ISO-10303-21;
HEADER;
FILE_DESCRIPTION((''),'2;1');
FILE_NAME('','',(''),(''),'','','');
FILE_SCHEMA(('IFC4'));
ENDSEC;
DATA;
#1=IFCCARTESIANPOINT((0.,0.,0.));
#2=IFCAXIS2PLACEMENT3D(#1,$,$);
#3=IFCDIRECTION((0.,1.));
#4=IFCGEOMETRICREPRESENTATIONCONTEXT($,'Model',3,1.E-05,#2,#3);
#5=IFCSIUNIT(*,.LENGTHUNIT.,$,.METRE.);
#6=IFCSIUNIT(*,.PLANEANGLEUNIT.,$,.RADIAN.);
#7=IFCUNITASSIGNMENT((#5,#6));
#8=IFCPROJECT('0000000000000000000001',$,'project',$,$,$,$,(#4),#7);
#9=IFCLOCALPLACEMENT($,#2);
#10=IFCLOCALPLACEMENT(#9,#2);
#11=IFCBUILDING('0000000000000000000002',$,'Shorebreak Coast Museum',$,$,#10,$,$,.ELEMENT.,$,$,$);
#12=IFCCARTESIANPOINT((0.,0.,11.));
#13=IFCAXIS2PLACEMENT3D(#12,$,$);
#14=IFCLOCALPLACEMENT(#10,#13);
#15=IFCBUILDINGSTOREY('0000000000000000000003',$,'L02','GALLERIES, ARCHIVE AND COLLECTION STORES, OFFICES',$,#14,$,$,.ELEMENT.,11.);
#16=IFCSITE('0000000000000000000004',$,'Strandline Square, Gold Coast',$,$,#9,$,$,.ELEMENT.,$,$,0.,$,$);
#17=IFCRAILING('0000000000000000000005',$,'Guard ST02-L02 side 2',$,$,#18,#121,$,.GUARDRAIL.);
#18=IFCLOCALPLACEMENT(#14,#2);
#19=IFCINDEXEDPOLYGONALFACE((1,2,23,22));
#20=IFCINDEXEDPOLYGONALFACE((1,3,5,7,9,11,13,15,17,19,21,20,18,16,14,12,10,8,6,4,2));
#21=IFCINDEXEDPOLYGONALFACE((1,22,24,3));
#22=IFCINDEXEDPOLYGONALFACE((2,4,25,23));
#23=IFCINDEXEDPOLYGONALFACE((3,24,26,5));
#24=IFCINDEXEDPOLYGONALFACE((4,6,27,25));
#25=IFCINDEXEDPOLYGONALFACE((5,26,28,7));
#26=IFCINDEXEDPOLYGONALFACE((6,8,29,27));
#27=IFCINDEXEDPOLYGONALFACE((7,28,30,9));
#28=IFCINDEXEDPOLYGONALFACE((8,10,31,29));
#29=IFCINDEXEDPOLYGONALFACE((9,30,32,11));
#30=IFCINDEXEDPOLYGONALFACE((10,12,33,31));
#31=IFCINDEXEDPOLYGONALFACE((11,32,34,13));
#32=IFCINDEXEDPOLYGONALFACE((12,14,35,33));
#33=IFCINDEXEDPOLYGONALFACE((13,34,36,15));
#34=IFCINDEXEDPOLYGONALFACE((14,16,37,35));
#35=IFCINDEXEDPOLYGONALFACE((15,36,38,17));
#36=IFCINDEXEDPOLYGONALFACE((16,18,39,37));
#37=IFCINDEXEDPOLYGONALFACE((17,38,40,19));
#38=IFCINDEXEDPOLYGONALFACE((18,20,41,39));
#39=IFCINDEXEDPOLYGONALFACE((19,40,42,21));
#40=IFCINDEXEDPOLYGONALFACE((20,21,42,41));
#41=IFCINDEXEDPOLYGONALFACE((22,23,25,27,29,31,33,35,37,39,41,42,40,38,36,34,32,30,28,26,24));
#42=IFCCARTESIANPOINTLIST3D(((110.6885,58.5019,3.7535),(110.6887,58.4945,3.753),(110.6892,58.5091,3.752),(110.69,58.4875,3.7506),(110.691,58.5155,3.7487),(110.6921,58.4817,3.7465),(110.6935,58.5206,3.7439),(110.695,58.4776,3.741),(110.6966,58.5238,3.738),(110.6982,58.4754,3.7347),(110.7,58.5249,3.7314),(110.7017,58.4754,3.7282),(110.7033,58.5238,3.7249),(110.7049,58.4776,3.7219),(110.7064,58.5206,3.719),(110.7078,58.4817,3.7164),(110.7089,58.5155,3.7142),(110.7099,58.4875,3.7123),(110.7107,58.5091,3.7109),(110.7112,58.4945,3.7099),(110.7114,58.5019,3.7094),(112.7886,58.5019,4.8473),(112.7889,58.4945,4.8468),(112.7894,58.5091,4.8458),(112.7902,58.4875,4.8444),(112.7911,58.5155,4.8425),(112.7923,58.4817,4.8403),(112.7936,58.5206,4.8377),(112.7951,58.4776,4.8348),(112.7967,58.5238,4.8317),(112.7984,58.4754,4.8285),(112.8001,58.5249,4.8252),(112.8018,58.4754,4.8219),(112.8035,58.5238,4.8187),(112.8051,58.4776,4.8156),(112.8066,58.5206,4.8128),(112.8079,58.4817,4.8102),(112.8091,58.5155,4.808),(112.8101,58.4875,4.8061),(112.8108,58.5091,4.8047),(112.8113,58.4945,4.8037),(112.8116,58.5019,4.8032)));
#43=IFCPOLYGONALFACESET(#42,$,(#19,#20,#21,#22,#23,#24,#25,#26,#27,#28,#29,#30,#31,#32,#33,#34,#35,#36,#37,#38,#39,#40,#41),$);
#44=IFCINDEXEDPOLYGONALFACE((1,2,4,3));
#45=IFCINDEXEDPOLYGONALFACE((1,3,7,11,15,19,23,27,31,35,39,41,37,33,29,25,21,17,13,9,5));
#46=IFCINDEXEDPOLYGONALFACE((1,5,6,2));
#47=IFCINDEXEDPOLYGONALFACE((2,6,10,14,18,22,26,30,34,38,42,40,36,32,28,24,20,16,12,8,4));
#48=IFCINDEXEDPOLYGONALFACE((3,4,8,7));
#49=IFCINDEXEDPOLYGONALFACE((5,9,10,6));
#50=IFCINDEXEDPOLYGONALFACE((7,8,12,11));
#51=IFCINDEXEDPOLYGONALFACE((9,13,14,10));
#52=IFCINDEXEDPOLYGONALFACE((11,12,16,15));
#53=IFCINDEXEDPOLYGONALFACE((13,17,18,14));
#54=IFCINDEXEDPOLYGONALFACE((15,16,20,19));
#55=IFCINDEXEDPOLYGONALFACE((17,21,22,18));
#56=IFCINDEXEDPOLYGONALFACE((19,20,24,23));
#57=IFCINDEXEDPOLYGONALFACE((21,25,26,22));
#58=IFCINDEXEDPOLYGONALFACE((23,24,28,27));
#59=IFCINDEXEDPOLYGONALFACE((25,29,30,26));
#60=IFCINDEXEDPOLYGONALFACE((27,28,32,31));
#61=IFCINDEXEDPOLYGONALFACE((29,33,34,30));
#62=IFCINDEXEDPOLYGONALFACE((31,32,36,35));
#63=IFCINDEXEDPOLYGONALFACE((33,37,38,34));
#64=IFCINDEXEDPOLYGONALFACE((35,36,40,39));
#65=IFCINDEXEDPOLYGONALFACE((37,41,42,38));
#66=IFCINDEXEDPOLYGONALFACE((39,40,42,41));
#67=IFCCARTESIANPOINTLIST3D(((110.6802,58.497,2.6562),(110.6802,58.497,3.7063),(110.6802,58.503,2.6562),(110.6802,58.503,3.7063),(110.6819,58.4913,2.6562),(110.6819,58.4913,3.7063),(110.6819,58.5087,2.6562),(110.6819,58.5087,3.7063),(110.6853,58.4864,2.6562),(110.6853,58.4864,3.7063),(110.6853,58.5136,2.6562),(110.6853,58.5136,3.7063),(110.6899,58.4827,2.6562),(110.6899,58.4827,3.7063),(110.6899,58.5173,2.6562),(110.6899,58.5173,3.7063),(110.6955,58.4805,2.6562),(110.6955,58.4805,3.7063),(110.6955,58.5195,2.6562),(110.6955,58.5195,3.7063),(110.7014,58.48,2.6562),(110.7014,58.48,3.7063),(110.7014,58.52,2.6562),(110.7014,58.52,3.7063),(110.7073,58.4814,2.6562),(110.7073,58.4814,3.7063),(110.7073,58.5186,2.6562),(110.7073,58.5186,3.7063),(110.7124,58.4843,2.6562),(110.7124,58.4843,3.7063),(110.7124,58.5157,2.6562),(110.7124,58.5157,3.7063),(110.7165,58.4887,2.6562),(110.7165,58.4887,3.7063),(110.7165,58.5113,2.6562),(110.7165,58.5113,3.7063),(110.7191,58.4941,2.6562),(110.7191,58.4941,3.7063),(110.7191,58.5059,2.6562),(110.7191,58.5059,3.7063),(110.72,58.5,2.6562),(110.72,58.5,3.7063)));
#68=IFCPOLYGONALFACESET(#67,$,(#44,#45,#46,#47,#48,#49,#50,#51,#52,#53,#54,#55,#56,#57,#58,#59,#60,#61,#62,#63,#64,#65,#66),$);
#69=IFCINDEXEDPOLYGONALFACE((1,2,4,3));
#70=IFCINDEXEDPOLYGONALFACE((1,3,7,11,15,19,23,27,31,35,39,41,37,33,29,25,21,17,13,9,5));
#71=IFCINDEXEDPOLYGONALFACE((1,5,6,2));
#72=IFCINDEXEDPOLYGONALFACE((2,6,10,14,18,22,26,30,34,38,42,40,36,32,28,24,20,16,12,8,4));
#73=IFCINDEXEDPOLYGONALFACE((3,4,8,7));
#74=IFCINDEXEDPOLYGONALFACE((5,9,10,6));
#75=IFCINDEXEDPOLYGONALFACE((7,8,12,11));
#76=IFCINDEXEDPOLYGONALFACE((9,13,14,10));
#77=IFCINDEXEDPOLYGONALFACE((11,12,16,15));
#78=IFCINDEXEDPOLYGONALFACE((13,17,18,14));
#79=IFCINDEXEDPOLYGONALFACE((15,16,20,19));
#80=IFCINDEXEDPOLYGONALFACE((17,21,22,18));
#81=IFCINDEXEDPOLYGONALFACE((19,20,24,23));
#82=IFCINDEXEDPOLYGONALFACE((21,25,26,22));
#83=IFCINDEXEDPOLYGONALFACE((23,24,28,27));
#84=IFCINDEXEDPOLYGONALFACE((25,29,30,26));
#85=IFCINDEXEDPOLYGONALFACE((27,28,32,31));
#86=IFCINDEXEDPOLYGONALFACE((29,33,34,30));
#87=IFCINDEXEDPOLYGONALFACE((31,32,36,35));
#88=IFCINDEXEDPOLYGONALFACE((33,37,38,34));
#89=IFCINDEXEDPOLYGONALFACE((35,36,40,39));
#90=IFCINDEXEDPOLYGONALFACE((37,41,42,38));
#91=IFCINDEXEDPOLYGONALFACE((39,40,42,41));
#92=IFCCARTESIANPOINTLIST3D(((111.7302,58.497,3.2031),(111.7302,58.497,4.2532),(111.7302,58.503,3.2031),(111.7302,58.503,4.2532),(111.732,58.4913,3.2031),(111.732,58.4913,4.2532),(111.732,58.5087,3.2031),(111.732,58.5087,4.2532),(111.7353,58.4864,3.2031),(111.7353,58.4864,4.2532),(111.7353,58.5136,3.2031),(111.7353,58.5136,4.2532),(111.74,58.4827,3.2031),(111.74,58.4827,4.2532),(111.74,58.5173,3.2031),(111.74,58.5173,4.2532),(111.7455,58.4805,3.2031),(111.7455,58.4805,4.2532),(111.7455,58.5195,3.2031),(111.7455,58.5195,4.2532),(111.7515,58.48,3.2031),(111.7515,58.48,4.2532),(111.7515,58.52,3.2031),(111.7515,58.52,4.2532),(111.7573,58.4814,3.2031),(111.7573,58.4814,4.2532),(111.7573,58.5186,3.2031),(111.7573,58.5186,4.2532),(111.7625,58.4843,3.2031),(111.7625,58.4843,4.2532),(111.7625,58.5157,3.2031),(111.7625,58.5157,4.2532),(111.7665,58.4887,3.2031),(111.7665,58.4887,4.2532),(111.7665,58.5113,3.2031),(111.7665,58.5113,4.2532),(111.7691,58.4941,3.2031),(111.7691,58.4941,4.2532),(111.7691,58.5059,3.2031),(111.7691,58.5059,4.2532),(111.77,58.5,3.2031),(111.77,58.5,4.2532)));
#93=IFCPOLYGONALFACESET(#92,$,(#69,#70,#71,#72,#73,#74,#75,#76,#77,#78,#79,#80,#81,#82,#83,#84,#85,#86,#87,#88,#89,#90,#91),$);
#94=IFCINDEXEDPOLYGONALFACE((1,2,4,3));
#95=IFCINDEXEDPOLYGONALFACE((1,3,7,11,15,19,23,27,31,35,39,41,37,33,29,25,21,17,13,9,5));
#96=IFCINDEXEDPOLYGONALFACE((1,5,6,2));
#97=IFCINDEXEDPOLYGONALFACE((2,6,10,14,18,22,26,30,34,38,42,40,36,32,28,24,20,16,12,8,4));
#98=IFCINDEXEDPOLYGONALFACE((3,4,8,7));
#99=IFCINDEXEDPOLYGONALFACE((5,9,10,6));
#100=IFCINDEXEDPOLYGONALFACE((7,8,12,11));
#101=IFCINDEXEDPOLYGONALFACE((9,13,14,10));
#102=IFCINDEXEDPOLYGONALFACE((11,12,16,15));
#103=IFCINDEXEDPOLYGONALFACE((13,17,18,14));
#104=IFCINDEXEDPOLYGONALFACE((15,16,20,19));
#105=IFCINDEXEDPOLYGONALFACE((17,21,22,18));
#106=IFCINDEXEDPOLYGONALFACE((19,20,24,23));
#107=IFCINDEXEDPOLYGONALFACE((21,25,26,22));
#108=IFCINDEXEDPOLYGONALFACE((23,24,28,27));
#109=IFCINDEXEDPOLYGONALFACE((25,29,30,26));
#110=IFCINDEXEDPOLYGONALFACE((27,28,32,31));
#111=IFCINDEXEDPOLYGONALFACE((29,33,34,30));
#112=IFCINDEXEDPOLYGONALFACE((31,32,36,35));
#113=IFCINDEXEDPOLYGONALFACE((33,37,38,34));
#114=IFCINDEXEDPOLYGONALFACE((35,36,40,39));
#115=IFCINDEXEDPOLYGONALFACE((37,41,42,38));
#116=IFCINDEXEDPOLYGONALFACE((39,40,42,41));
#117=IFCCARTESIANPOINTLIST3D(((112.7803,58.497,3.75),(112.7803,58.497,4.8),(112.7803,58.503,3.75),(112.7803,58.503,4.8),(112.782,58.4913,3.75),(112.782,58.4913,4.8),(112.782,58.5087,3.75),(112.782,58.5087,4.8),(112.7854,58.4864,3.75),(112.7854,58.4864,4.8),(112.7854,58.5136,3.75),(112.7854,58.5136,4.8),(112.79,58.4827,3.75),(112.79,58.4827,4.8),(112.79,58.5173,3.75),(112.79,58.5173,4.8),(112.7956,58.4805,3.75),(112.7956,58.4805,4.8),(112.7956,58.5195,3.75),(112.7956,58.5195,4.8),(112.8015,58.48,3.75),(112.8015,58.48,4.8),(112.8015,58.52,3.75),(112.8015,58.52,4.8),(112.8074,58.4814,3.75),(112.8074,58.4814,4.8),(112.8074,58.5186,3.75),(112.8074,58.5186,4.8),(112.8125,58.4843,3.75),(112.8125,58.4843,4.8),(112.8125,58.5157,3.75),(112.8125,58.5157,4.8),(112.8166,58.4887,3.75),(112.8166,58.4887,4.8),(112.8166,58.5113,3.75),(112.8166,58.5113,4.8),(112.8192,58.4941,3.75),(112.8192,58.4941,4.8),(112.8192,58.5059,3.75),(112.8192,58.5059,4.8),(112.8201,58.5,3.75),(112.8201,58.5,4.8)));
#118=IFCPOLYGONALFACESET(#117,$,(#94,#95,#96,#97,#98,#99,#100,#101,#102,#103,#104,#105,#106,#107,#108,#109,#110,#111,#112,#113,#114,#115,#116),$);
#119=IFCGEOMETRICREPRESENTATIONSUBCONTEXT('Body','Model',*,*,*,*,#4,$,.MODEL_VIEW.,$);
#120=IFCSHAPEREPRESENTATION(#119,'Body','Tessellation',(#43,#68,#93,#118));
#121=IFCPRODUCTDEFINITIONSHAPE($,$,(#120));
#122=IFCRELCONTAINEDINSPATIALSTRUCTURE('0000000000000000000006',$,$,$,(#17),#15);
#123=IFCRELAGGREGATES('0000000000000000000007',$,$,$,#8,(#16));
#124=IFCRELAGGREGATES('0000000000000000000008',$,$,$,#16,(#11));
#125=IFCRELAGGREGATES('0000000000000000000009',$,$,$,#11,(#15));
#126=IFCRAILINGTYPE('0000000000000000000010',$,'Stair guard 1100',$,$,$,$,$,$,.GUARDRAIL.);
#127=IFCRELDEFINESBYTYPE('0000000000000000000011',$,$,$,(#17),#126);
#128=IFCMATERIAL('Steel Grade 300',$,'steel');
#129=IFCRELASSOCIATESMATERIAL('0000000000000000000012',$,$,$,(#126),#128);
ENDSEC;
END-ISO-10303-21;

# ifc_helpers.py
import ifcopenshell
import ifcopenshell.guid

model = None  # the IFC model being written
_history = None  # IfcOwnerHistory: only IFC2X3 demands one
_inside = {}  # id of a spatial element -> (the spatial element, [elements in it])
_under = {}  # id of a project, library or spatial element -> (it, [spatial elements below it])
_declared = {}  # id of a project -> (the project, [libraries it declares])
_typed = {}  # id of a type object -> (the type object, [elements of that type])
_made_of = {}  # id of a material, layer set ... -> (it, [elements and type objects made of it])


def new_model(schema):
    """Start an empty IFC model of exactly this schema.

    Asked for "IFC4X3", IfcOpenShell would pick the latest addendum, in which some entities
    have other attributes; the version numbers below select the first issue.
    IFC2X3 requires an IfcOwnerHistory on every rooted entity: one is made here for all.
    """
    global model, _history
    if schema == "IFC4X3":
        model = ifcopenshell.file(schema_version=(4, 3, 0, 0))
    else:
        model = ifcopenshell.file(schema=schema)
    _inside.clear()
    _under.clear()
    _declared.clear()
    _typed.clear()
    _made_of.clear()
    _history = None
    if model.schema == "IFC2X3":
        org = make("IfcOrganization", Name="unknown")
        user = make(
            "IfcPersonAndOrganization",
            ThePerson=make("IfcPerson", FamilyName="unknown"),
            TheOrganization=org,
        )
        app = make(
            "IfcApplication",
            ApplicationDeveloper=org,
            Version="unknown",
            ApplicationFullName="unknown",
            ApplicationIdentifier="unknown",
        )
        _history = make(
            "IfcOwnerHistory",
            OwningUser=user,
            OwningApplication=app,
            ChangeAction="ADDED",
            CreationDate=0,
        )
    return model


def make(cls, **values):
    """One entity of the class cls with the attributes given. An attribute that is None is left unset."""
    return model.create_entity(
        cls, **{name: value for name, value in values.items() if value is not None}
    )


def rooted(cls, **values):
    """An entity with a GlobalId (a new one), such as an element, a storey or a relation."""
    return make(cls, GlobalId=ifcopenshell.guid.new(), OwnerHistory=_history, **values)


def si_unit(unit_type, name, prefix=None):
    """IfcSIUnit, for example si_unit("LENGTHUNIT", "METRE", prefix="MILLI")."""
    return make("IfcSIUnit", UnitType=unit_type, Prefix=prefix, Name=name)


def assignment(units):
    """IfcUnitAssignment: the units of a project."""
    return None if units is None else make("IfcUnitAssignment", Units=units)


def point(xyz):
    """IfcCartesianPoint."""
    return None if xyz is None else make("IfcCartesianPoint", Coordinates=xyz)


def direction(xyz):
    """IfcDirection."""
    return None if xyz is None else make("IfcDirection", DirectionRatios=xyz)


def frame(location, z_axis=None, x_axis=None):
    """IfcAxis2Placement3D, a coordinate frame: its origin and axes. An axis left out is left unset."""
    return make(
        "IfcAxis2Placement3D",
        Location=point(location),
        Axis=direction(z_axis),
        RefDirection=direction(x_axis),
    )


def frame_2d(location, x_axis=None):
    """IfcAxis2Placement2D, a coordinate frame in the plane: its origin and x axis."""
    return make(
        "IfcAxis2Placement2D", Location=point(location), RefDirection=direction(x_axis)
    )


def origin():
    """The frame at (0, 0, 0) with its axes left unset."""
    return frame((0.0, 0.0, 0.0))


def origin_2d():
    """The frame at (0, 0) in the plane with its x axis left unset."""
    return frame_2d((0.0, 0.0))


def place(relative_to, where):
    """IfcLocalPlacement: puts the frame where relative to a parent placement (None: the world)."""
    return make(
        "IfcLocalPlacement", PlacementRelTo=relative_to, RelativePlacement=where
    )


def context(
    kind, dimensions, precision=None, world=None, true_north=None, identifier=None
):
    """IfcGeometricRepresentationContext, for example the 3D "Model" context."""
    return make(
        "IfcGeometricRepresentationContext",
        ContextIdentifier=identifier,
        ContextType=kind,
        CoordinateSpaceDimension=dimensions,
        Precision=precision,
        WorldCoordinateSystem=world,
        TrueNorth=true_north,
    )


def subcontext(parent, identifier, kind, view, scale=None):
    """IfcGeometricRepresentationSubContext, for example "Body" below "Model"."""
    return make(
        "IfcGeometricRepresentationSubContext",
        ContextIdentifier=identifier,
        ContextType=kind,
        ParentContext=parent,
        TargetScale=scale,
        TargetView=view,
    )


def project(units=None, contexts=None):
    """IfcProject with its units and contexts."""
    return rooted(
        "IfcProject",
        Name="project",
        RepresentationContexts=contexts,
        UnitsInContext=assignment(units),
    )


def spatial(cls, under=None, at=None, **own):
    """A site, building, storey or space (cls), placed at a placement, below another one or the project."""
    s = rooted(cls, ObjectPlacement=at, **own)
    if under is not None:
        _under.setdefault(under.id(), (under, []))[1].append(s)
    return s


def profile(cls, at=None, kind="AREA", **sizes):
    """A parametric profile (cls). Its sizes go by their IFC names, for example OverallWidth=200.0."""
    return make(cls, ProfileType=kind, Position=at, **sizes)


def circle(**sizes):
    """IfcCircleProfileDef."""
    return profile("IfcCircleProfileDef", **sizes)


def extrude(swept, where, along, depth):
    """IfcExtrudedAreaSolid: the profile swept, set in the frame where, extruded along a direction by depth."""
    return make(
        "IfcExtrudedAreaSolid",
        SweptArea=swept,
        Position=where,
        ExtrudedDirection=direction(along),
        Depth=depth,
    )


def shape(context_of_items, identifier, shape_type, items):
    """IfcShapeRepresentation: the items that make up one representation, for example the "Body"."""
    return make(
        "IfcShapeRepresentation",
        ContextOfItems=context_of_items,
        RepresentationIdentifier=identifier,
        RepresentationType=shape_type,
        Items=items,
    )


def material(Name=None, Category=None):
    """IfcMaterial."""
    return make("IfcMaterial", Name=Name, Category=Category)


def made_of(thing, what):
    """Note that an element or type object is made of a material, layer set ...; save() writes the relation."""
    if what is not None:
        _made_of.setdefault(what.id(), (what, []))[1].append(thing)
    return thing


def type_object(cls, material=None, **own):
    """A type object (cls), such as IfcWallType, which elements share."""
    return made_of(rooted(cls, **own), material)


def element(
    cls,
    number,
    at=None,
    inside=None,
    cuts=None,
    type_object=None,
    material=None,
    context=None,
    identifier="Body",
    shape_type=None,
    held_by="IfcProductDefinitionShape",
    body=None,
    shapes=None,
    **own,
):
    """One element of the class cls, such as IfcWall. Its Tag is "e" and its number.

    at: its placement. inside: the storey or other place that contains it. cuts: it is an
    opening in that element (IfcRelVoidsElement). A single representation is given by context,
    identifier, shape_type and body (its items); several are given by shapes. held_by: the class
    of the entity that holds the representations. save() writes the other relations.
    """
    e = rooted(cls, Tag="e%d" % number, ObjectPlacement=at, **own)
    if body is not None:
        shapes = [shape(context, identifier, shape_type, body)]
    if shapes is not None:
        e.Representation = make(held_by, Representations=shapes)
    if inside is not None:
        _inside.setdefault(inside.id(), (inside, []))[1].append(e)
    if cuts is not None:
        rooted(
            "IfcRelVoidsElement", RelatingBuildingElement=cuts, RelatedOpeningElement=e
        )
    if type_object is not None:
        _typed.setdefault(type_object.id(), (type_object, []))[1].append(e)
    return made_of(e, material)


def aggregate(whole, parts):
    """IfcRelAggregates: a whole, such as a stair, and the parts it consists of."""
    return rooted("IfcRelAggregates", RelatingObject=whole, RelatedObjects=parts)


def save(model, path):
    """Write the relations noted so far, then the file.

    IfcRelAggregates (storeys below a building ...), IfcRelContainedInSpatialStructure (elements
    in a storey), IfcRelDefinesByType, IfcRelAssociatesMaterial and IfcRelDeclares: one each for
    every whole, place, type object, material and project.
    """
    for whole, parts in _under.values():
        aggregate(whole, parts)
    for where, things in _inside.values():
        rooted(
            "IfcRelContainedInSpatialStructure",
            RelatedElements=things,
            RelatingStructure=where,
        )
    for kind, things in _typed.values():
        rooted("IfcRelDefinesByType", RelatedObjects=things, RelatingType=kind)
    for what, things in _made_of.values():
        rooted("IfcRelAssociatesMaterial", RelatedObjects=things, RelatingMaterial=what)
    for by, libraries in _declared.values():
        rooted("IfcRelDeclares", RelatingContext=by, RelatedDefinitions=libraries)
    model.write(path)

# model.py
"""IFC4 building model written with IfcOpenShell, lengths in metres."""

from ifc_helpers import new_model, si_unit, direction, frame, origin, origin_2d, place, context, subcontext, project, spatial, circle, extrude, material, type_object, element, save


model = new_model("IFC4")

# Units and contexts
model_context = context("Model", 3, precision=1e-05, world=origin(), true_north=direction((0.0, 1.0)))
body_context = subcontext(model_context, "Body", "Model", "MODEL_VIEW")
ifc_project = project(units=[si_unit("LENGTHUNIT", "METRE"), si_unit("PLANEANGLEUNIT", "RADIAN")], contexts=[model_context])

# Site, building, storey
site_placement = place(None, origin())
site = spatial("IfcSite", under=ifc_project, at=site_placement, Name="Strandline Square, Gold Coast", CompositionType="ELEMENT", RefElevation=0.0)
building_placement = place(site_placement, origin())
building = spatial("IfcBuilding", under=site, at=building_placement, Name="Shorebreak Coast Museum", CompositionType="ELEMENT")
storey_placement = place(building_placement, frame((0.0, 0.0, 11.0)))
storey = spatial("IfcBuildingStorey", under=building, at=storey_placement, Name="L02", Description="GALLERIES, ARCHIVE AND COLLECTION STORES, OFFICES", CompositionType="ELEMENT", Elevation=11.0)

# Railing
ifc_material_1 = material(Name="Steel Grade 300", Category="steel")
railing_type_1 = type_object("IfcRailingType", Name="Stair guard 1100", PredefinedType="GUARDRAIL", material=ifc_material_1)
railing_1_placement = place(storey_placement, frame((110.7, 58.5, 2.6562)))
element("IfcRailing", 1, at=railing_1_placement, inside=storey, type_object=railing_type_1, Name="Guard ST02-L02 side 2", PredefinedType="GUARDRAIL", context=body_context, shape_type="SweptSolid", body=[
    extrude(circle(Radius=0.0249, at=origin_2d()), frame((0.0, 0.0, 1.0752), z_axis=(0.886923, 0.0, 0.461918), x_axis=(0.0, 1.0, 0.0)), (0.0, 0.0, 1.0), 2.3679),
    extrude(circle(Radius=0.02, at=origin_2d()), origin(), (0.0, 0.0, 1.0), 1.05),
    extrude(circle(Radius=0.02, at=origin_2d()), frame((1.05, 0.0, 0.5469)), (0.0, 0.0, 1.0), 1.05),
    extrude(circle(Radius=0.02, at=origin_2d()), frame((2.1001, 0.0, 1.0938)), (0.0, 0.0, 1.0), 1.05),
])

save(model, "model.ifc")
